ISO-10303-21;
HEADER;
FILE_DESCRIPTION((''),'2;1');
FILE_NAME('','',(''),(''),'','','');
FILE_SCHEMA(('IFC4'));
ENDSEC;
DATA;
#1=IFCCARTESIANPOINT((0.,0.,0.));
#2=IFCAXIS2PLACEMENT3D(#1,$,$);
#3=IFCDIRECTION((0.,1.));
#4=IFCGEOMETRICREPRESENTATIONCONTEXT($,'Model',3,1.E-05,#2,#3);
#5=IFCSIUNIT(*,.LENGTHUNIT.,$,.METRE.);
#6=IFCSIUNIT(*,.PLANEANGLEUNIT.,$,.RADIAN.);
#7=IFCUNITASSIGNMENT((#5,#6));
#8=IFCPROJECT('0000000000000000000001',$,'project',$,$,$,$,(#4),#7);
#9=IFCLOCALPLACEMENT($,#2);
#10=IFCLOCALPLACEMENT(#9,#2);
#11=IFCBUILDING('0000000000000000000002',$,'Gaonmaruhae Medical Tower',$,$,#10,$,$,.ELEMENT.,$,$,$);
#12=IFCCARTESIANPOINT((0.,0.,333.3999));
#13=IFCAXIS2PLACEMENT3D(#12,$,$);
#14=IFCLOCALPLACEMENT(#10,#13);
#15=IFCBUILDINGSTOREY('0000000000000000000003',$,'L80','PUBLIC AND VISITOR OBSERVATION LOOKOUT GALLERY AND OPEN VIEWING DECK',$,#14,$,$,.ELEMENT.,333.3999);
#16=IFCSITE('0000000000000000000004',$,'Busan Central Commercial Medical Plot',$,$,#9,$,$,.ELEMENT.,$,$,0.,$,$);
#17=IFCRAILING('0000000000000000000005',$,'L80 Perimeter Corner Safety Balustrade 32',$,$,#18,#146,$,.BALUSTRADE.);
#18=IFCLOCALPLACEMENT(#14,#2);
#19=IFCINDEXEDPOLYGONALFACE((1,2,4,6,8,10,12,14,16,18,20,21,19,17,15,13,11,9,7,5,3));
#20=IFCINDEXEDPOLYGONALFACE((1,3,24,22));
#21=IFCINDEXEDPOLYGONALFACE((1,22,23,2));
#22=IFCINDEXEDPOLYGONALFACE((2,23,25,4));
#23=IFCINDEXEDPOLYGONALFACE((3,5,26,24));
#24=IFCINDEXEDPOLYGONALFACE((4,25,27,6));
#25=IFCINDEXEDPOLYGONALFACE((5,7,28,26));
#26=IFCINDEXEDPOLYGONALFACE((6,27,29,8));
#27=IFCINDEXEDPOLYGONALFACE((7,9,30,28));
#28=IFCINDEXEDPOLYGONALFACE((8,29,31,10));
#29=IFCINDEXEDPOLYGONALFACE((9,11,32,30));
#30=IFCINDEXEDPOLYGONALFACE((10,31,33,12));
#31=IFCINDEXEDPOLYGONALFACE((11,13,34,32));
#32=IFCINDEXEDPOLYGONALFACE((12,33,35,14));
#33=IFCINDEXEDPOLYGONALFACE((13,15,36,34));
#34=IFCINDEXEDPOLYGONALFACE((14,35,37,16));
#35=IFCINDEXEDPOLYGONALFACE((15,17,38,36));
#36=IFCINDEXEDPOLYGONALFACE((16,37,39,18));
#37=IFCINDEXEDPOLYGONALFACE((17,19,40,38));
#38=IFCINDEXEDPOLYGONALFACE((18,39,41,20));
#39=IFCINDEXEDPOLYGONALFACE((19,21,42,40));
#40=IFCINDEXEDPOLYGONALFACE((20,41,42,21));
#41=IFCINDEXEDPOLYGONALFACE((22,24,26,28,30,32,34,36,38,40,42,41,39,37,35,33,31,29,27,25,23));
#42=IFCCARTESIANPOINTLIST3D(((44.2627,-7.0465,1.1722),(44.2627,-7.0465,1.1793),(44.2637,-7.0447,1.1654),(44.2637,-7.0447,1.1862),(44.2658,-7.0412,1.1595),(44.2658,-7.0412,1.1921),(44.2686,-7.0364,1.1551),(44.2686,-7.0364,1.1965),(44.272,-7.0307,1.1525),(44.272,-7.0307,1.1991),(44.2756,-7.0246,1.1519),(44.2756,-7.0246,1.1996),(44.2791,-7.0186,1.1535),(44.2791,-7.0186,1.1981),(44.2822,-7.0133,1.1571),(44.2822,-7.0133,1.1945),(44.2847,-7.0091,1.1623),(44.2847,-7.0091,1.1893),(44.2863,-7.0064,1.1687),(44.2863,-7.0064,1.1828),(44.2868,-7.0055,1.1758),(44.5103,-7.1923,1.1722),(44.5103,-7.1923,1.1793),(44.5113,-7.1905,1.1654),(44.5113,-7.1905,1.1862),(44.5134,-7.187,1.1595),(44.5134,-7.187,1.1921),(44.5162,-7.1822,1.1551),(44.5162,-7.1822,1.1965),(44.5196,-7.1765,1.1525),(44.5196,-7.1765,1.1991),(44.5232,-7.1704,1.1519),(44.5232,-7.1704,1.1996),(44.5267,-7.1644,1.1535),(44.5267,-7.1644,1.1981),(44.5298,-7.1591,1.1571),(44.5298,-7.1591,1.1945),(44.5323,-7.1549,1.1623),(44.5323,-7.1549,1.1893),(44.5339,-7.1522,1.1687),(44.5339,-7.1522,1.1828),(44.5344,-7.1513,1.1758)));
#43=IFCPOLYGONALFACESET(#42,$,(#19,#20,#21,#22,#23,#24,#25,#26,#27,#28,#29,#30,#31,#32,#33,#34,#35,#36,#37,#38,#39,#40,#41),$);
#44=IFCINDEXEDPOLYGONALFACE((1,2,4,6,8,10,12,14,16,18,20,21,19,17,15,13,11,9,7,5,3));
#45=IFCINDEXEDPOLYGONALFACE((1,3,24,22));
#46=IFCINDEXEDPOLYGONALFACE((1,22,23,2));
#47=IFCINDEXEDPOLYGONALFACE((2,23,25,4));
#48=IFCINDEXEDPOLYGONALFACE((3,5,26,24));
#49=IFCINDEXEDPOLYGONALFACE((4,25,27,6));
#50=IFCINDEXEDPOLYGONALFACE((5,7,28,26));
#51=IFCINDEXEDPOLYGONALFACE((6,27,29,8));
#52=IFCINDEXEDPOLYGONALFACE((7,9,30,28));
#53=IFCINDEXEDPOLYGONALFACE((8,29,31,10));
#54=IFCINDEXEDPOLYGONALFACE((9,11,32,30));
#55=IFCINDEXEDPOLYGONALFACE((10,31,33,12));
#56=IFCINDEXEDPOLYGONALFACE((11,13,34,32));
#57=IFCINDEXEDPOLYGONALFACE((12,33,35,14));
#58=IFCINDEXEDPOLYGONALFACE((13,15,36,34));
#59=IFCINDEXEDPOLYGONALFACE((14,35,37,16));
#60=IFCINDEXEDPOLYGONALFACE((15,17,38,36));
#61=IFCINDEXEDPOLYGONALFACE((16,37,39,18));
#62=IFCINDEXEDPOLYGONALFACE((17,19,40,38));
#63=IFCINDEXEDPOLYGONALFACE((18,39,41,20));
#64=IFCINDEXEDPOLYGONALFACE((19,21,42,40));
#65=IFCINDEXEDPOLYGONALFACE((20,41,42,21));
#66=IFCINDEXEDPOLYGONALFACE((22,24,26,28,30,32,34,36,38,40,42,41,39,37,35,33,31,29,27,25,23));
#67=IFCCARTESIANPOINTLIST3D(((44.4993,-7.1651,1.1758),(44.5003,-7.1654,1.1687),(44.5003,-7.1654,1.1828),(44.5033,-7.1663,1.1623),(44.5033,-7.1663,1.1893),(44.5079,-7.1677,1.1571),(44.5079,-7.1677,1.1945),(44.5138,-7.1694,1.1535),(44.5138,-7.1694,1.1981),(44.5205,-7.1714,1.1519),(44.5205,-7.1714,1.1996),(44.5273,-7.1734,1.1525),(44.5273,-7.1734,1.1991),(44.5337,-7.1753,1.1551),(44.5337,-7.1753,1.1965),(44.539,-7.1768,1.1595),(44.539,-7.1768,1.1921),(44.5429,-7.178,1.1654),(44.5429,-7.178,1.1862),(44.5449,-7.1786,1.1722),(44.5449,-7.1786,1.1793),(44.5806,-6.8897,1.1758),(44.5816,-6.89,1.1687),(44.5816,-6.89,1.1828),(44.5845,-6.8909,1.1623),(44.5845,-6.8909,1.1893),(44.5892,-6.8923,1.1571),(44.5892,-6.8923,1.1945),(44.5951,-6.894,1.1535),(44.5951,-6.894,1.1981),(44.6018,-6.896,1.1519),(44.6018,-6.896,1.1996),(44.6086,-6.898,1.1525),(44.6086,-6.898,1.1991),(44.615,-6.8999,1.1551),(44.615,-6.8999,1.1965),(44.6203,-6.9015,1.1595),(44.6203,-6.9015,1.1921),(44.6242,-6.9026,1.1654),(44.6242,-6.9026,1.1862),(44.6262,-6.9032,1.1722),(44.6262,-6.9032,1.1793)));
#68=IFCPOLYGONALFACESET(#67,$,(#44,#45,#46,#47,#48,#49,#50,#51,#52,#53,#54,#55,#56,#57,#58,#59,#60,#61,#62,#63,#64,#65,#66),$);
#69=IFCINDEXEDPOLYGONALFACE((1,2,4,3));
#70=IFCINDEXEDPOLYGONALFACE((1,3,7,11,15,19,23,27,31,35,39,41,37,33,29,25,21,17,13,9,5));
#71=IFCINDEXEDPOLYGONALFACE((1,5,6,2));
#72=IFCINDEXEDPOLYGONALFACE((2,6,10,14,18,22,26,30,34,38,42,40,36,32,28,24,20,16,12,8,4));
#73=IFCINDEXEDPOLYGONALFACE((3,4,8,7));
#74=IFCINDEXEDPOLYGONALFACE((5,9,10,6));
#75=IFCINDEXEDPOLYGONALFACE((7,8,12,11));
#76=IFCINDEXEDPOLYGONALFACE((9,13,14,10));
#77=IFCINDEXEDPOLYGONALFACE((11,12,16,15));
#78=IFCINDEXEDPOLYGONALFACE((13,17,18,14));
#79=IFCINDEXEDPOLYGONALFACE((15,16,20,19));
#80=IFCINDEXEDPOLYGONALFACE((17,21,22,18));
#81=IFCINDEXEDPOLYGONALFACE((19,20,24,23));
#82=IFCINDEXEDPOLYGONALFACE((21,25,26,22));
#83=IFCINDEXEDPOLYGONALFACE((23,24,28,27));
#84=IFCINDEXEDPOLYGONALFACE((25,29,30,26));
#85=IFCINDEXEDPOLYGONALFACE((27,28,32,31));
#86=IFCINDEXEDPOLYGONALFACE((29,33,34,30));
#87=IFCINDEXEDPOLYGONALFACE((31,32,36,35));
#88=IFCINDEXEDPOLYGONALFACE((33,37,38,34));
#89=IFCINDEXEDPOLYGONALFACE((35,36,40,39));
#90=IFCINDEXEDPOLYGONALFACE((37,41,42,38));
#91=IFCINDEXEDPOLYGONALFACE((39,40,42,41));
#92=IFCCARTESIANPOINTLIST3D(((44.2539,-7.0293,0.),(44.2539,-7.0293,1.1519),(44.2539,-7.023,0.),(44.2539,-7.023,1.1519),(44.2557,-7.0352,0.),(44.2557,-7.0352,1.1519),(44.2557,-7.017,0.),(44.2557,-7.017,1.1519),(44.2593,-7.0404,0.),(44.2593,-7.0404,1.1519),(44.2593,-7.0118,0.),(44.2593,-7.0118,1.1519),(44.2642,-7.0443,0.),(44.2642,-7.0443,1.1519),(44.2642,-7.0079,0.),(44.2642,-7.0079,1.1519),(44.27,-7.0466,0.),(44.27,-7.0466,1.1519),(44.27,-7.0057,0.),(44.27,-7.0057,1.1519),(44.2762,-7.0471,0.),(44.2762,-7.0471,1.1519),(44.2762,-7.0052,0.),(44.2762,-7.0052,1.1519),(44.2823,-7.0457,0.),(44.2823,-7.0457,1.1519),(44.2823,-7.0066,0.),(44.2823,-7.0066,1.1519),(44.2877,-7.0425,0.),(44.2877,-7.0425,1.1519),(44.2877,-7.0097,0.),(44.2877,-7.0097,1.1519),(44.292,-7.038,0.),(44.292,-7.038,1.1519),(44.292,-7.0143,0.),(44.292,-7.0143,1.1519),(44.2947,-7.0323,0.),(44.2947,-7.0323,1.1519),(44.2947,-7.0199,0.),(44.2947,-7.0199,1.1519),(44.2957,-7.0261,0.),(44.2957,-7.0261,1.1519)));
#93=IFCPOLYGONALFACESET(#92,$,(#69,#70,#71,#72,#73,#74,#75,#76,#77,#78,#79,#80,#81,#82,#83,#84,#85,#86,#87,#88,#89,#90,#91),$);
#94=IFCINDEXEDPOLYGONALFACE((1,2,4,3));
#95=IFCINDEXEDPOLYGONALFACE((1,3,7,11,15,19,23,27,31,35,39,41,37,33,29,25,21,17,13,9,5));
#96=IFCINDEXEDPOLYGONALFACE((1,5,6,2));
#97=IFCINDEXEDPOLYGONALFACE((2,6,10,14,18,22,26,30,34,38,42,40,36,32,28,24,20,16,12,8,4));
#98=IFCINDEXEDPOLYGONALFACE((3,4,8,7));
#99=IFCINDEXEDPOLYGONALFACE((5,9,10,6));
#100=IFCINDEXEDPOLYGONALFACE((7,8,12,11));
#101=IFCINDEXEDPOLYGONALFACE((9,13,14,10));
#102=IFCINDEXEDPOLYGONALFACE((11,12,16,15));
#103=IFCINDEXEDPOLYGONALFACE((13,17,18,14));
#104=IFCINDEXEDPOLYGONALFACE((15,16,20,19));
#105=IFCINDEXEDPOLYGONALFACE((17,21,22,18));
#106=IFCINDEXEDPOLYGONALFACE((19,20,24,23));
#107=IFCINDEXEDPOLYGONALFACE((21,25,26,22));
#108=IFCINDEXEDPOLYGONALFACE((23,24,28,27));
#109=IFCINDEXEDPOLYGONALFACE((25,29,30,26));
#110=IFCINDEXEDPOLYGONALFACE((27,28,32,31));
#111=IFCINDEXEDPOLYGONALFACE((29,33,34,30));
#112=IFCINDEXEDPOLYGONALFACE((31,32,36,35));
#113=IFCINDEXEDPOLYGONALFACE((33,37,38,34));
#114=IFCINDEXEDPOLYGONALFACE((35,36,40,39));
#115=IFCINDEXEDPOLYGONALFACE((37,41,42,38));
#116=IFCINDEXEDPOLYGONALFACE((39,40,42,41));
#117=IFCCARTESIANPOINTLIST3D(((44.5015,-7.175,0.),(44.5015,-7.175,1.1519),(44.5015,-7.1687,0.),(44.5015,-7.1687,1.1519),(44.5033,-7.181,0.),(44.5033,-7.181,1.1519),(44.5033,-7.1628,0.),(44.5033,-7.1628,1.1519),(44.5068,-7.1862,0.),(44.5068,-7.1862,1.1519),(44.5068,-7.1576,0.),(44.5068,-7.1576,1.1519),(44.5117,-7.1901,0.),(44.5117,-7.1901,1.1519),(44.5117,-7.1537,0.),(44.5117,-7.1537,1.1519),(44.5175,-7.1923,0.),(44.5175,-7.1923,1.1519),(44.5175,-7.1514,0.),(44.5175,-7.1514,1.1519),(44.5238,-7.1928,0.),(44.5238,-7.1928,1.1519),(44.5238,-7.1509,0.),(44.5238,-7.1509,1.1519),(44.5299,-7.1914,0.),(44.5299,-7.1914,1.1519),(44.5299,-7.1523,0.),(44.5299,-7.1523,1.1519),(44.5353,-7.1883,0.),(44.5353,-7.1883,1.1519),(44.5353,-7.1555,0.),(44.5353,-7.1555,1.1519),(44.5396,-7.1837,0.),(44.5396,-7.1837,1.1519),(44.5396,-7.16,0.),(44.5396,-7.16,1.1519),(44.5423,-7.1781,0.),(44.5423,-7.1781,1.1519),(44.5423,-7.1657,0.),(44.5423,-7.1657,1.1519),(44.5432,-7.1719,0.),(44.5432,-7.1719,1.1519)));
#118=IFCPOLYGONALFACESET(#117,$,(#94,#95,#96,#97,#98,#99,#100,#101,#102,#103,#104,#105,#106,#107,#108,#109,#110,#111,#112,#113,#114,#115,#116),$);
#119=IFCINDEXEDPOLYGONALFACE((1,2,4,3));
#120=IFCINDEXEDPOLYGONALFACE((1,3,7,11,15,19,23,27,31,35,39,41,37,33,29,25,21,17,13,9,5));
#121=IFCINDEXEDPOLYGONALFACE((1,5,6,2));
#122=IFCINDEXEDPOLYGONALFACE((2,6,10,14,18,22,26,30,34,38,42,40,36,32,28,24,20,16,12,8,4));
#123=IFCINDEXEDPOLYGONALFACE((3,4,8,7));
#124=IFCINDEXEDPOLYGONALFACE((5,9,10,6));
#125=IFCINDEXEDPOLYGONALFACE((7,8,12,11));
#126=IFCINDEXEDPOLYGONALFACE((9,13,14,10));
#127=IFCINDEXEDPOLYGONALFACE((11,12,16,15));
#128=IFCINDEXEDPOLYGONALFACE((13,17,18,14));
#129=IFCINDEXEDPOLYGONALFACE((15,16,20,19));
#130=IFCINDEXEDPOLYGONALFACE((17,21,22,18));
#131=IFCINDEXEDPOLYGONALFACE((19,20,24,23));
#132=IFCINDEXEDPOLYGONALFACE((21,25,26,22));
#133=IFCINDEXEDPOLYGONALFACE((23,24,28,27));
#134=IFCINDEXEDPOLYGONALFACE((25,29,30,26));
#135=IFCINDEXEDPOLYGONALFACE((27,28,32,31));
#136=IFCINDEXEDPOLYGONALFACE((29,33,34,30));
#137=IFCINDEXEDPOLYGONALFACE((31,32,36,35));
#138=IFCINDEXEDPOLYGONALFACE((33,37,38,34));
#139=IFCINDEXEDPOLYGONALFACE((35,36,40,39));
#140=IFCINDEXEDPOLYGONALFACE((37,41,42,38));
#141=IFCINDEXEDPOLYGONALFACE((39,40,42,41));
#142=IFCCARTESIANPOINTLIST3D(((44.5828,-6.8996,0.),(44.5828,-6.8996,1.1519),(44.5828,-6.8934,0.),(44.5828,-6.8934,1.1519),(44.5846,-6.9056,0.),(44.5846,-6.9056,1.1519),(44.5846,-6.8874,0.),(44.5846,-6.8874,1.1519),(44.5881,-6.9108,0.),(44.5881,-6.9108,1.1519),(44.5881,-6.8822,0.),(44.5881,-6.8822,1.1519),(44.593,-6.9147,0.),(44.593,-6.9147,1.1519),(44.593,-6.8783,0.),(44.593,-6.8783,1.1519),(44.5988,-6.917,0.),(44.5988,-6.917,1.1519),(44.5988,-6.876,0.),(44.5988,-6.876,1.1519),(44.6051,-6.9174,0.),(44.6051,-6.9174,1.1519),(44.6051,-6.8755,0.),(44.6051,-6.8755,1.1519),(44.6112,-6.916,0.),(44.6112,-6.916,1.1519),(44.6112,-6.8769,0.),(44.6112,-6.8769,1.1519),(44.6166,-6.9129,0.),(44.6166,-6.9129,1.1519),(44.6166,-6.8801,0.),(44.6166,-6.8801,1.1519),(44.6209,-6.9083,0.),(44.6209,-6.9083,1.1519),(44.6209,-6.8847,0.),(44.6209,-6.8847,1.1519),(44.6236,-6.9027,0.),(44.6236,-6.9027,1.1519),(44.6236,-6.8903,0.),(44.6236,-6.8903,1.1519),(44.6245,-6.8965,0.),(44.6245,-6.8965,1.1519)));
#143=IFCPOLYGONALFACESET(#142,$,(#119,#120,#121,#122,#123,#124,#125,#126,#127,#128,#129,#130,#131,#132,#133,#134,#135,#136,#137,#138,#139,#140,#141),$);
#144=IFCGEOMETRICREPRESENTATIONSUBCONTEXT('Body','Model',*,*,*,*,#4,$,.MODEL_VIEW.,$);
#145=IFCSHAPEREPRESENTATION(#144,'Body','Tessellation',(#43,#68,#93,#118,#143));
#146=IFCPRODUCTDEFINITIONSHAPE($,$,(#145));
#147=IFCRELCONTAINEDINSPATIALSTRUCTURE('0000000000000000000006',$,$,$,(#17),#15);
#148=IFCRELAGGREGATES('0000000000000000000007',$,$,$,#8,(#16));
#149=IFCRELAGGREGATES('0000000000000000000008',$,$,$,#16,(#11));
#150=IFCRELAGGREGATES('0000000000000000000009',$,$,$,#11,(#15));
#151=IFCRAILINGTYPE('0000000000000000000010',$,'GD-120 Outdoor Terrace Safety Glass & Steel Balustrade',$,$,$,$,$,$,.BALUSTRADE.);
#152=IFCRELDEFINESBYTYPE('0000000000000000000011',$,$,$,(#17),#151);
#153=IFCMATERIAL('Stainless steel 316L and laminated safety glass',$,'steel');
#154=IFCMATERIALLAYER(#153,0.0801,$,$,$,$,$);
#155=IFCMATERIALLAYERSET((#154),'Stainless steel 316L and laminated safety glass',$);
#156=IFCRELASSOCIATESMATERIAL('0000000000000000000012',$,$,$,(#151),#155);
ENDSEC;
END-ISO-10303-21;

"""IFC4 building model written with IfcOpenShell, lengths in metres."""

from ifc_helpers import new_model, si_unit, direction, frame, origin, origin_2d, place, context, subcontext, project, spatial, circle, extrude, material, layer, layer_set, type_object, element, save


model = new_model("IFC4")

# Units and contexts
model_context = context("Model", 3, precision=1e-05, world=origin(), true_north=direction((0.0, 1.0)))
body_context = subcontext(model_context, "Body", "Model", "MODEL_VIEW")
ifc_project = project(units=[si_unit("LENGTHUNIT", "METRE"), si_unit("PLANEANGLEUNIT", "RADIAN")], contexts=[model_context])

# Site, building, storey
site_placement = place(None, origin())
site = spatial("IfcSite", under=ifc_project, at=site_placement, Name="Busan Central Commercial Medical Plot", CompositionType="ELEMENT", RefElevation=0.0)
building_placement = place(site_placement, origin())
building = spatial("IfcBuilding", under=site, at=building_placement, Name="Gaonmaruhae Medical Tower", CompositionType="ELEMENT")
storey_placement = place(building_placement, frame((0.0, 0.0, 333.3999)))
storey = spatial("IfcBuildingStorey", under=building, at=storey_placement, Name="L80", Description="PUBLIC AND VISITOR OBSERVATION LOOKOUT GALLERY AND OPEN VIEWING DECK", CompositionType="ELEMENT", Elevation=333.3999)

# Railing
ifc_material_1 = material(Name="Stainless steel 316L and laminated safety glass", Category="steel")
ifc_layer_1 = layer(ifc_material_1, 0.0801)
ifc_layer_set_1 = layer_set([ifc_layer_1], Name="Stainless steel 316L and laminated safety glass")
railing_type = type_object("IfcRailingType", Name="GD-120 Outdoor Terrace Safety Glass & Steel Balustrade", PredefinedType="BALUSTRADE", material=ifc_layer_set_1)
railing_1_placement = place(storey_placement, frame((44.2747, -7.0261, 0.0)))
element("IfcRailing", 1, at=railing_1_placement, inside=storey, type_object=railing_type, Name="L80 Perimeter Corner Safety Balustrade 32", PredefinedType="BALUSTRADE", context=body_context, shape_type="SweptSolid", body=[
    extrude(circle(Radius=0.0239, at=origin_2d()), frame((0.0, 0.0, 1.1758), z_axis=(0.861738, -0.507354, 0.0), x_axis=(0.507354, 0.861738, 0.0)), (0.0, 0.0, 1.0), 0.2874),
    extrude(circle(Radius=0.0239, at=origin_2d()), frame((0.2476, -0.1458, 1.1758), z_axis=(0.283133, 0.959081, 0.0), x_axis=(-0.959081, 0.283133, 0.0)), (0.0, 0.0, 1.0), 0.2871),
    extrude(circle(Radius=0.021, at=origin_2d()), origin(), (0.0, 0.0, 1.0), 1.1519),
    extrude(circle(Radius=0.021, at=origin_2d()), frame((0.2476, -0.1458, 0.0)), (0.0, 0.0, 1.0), 1.1519),
    extrude(circle(Radius=0.021, at=origin_2d()), frame((0.3289, 0.1296, 0.0)), (0.0, 0.0, 1.0), 1.1519),
])

save(model, "model.ifc")
